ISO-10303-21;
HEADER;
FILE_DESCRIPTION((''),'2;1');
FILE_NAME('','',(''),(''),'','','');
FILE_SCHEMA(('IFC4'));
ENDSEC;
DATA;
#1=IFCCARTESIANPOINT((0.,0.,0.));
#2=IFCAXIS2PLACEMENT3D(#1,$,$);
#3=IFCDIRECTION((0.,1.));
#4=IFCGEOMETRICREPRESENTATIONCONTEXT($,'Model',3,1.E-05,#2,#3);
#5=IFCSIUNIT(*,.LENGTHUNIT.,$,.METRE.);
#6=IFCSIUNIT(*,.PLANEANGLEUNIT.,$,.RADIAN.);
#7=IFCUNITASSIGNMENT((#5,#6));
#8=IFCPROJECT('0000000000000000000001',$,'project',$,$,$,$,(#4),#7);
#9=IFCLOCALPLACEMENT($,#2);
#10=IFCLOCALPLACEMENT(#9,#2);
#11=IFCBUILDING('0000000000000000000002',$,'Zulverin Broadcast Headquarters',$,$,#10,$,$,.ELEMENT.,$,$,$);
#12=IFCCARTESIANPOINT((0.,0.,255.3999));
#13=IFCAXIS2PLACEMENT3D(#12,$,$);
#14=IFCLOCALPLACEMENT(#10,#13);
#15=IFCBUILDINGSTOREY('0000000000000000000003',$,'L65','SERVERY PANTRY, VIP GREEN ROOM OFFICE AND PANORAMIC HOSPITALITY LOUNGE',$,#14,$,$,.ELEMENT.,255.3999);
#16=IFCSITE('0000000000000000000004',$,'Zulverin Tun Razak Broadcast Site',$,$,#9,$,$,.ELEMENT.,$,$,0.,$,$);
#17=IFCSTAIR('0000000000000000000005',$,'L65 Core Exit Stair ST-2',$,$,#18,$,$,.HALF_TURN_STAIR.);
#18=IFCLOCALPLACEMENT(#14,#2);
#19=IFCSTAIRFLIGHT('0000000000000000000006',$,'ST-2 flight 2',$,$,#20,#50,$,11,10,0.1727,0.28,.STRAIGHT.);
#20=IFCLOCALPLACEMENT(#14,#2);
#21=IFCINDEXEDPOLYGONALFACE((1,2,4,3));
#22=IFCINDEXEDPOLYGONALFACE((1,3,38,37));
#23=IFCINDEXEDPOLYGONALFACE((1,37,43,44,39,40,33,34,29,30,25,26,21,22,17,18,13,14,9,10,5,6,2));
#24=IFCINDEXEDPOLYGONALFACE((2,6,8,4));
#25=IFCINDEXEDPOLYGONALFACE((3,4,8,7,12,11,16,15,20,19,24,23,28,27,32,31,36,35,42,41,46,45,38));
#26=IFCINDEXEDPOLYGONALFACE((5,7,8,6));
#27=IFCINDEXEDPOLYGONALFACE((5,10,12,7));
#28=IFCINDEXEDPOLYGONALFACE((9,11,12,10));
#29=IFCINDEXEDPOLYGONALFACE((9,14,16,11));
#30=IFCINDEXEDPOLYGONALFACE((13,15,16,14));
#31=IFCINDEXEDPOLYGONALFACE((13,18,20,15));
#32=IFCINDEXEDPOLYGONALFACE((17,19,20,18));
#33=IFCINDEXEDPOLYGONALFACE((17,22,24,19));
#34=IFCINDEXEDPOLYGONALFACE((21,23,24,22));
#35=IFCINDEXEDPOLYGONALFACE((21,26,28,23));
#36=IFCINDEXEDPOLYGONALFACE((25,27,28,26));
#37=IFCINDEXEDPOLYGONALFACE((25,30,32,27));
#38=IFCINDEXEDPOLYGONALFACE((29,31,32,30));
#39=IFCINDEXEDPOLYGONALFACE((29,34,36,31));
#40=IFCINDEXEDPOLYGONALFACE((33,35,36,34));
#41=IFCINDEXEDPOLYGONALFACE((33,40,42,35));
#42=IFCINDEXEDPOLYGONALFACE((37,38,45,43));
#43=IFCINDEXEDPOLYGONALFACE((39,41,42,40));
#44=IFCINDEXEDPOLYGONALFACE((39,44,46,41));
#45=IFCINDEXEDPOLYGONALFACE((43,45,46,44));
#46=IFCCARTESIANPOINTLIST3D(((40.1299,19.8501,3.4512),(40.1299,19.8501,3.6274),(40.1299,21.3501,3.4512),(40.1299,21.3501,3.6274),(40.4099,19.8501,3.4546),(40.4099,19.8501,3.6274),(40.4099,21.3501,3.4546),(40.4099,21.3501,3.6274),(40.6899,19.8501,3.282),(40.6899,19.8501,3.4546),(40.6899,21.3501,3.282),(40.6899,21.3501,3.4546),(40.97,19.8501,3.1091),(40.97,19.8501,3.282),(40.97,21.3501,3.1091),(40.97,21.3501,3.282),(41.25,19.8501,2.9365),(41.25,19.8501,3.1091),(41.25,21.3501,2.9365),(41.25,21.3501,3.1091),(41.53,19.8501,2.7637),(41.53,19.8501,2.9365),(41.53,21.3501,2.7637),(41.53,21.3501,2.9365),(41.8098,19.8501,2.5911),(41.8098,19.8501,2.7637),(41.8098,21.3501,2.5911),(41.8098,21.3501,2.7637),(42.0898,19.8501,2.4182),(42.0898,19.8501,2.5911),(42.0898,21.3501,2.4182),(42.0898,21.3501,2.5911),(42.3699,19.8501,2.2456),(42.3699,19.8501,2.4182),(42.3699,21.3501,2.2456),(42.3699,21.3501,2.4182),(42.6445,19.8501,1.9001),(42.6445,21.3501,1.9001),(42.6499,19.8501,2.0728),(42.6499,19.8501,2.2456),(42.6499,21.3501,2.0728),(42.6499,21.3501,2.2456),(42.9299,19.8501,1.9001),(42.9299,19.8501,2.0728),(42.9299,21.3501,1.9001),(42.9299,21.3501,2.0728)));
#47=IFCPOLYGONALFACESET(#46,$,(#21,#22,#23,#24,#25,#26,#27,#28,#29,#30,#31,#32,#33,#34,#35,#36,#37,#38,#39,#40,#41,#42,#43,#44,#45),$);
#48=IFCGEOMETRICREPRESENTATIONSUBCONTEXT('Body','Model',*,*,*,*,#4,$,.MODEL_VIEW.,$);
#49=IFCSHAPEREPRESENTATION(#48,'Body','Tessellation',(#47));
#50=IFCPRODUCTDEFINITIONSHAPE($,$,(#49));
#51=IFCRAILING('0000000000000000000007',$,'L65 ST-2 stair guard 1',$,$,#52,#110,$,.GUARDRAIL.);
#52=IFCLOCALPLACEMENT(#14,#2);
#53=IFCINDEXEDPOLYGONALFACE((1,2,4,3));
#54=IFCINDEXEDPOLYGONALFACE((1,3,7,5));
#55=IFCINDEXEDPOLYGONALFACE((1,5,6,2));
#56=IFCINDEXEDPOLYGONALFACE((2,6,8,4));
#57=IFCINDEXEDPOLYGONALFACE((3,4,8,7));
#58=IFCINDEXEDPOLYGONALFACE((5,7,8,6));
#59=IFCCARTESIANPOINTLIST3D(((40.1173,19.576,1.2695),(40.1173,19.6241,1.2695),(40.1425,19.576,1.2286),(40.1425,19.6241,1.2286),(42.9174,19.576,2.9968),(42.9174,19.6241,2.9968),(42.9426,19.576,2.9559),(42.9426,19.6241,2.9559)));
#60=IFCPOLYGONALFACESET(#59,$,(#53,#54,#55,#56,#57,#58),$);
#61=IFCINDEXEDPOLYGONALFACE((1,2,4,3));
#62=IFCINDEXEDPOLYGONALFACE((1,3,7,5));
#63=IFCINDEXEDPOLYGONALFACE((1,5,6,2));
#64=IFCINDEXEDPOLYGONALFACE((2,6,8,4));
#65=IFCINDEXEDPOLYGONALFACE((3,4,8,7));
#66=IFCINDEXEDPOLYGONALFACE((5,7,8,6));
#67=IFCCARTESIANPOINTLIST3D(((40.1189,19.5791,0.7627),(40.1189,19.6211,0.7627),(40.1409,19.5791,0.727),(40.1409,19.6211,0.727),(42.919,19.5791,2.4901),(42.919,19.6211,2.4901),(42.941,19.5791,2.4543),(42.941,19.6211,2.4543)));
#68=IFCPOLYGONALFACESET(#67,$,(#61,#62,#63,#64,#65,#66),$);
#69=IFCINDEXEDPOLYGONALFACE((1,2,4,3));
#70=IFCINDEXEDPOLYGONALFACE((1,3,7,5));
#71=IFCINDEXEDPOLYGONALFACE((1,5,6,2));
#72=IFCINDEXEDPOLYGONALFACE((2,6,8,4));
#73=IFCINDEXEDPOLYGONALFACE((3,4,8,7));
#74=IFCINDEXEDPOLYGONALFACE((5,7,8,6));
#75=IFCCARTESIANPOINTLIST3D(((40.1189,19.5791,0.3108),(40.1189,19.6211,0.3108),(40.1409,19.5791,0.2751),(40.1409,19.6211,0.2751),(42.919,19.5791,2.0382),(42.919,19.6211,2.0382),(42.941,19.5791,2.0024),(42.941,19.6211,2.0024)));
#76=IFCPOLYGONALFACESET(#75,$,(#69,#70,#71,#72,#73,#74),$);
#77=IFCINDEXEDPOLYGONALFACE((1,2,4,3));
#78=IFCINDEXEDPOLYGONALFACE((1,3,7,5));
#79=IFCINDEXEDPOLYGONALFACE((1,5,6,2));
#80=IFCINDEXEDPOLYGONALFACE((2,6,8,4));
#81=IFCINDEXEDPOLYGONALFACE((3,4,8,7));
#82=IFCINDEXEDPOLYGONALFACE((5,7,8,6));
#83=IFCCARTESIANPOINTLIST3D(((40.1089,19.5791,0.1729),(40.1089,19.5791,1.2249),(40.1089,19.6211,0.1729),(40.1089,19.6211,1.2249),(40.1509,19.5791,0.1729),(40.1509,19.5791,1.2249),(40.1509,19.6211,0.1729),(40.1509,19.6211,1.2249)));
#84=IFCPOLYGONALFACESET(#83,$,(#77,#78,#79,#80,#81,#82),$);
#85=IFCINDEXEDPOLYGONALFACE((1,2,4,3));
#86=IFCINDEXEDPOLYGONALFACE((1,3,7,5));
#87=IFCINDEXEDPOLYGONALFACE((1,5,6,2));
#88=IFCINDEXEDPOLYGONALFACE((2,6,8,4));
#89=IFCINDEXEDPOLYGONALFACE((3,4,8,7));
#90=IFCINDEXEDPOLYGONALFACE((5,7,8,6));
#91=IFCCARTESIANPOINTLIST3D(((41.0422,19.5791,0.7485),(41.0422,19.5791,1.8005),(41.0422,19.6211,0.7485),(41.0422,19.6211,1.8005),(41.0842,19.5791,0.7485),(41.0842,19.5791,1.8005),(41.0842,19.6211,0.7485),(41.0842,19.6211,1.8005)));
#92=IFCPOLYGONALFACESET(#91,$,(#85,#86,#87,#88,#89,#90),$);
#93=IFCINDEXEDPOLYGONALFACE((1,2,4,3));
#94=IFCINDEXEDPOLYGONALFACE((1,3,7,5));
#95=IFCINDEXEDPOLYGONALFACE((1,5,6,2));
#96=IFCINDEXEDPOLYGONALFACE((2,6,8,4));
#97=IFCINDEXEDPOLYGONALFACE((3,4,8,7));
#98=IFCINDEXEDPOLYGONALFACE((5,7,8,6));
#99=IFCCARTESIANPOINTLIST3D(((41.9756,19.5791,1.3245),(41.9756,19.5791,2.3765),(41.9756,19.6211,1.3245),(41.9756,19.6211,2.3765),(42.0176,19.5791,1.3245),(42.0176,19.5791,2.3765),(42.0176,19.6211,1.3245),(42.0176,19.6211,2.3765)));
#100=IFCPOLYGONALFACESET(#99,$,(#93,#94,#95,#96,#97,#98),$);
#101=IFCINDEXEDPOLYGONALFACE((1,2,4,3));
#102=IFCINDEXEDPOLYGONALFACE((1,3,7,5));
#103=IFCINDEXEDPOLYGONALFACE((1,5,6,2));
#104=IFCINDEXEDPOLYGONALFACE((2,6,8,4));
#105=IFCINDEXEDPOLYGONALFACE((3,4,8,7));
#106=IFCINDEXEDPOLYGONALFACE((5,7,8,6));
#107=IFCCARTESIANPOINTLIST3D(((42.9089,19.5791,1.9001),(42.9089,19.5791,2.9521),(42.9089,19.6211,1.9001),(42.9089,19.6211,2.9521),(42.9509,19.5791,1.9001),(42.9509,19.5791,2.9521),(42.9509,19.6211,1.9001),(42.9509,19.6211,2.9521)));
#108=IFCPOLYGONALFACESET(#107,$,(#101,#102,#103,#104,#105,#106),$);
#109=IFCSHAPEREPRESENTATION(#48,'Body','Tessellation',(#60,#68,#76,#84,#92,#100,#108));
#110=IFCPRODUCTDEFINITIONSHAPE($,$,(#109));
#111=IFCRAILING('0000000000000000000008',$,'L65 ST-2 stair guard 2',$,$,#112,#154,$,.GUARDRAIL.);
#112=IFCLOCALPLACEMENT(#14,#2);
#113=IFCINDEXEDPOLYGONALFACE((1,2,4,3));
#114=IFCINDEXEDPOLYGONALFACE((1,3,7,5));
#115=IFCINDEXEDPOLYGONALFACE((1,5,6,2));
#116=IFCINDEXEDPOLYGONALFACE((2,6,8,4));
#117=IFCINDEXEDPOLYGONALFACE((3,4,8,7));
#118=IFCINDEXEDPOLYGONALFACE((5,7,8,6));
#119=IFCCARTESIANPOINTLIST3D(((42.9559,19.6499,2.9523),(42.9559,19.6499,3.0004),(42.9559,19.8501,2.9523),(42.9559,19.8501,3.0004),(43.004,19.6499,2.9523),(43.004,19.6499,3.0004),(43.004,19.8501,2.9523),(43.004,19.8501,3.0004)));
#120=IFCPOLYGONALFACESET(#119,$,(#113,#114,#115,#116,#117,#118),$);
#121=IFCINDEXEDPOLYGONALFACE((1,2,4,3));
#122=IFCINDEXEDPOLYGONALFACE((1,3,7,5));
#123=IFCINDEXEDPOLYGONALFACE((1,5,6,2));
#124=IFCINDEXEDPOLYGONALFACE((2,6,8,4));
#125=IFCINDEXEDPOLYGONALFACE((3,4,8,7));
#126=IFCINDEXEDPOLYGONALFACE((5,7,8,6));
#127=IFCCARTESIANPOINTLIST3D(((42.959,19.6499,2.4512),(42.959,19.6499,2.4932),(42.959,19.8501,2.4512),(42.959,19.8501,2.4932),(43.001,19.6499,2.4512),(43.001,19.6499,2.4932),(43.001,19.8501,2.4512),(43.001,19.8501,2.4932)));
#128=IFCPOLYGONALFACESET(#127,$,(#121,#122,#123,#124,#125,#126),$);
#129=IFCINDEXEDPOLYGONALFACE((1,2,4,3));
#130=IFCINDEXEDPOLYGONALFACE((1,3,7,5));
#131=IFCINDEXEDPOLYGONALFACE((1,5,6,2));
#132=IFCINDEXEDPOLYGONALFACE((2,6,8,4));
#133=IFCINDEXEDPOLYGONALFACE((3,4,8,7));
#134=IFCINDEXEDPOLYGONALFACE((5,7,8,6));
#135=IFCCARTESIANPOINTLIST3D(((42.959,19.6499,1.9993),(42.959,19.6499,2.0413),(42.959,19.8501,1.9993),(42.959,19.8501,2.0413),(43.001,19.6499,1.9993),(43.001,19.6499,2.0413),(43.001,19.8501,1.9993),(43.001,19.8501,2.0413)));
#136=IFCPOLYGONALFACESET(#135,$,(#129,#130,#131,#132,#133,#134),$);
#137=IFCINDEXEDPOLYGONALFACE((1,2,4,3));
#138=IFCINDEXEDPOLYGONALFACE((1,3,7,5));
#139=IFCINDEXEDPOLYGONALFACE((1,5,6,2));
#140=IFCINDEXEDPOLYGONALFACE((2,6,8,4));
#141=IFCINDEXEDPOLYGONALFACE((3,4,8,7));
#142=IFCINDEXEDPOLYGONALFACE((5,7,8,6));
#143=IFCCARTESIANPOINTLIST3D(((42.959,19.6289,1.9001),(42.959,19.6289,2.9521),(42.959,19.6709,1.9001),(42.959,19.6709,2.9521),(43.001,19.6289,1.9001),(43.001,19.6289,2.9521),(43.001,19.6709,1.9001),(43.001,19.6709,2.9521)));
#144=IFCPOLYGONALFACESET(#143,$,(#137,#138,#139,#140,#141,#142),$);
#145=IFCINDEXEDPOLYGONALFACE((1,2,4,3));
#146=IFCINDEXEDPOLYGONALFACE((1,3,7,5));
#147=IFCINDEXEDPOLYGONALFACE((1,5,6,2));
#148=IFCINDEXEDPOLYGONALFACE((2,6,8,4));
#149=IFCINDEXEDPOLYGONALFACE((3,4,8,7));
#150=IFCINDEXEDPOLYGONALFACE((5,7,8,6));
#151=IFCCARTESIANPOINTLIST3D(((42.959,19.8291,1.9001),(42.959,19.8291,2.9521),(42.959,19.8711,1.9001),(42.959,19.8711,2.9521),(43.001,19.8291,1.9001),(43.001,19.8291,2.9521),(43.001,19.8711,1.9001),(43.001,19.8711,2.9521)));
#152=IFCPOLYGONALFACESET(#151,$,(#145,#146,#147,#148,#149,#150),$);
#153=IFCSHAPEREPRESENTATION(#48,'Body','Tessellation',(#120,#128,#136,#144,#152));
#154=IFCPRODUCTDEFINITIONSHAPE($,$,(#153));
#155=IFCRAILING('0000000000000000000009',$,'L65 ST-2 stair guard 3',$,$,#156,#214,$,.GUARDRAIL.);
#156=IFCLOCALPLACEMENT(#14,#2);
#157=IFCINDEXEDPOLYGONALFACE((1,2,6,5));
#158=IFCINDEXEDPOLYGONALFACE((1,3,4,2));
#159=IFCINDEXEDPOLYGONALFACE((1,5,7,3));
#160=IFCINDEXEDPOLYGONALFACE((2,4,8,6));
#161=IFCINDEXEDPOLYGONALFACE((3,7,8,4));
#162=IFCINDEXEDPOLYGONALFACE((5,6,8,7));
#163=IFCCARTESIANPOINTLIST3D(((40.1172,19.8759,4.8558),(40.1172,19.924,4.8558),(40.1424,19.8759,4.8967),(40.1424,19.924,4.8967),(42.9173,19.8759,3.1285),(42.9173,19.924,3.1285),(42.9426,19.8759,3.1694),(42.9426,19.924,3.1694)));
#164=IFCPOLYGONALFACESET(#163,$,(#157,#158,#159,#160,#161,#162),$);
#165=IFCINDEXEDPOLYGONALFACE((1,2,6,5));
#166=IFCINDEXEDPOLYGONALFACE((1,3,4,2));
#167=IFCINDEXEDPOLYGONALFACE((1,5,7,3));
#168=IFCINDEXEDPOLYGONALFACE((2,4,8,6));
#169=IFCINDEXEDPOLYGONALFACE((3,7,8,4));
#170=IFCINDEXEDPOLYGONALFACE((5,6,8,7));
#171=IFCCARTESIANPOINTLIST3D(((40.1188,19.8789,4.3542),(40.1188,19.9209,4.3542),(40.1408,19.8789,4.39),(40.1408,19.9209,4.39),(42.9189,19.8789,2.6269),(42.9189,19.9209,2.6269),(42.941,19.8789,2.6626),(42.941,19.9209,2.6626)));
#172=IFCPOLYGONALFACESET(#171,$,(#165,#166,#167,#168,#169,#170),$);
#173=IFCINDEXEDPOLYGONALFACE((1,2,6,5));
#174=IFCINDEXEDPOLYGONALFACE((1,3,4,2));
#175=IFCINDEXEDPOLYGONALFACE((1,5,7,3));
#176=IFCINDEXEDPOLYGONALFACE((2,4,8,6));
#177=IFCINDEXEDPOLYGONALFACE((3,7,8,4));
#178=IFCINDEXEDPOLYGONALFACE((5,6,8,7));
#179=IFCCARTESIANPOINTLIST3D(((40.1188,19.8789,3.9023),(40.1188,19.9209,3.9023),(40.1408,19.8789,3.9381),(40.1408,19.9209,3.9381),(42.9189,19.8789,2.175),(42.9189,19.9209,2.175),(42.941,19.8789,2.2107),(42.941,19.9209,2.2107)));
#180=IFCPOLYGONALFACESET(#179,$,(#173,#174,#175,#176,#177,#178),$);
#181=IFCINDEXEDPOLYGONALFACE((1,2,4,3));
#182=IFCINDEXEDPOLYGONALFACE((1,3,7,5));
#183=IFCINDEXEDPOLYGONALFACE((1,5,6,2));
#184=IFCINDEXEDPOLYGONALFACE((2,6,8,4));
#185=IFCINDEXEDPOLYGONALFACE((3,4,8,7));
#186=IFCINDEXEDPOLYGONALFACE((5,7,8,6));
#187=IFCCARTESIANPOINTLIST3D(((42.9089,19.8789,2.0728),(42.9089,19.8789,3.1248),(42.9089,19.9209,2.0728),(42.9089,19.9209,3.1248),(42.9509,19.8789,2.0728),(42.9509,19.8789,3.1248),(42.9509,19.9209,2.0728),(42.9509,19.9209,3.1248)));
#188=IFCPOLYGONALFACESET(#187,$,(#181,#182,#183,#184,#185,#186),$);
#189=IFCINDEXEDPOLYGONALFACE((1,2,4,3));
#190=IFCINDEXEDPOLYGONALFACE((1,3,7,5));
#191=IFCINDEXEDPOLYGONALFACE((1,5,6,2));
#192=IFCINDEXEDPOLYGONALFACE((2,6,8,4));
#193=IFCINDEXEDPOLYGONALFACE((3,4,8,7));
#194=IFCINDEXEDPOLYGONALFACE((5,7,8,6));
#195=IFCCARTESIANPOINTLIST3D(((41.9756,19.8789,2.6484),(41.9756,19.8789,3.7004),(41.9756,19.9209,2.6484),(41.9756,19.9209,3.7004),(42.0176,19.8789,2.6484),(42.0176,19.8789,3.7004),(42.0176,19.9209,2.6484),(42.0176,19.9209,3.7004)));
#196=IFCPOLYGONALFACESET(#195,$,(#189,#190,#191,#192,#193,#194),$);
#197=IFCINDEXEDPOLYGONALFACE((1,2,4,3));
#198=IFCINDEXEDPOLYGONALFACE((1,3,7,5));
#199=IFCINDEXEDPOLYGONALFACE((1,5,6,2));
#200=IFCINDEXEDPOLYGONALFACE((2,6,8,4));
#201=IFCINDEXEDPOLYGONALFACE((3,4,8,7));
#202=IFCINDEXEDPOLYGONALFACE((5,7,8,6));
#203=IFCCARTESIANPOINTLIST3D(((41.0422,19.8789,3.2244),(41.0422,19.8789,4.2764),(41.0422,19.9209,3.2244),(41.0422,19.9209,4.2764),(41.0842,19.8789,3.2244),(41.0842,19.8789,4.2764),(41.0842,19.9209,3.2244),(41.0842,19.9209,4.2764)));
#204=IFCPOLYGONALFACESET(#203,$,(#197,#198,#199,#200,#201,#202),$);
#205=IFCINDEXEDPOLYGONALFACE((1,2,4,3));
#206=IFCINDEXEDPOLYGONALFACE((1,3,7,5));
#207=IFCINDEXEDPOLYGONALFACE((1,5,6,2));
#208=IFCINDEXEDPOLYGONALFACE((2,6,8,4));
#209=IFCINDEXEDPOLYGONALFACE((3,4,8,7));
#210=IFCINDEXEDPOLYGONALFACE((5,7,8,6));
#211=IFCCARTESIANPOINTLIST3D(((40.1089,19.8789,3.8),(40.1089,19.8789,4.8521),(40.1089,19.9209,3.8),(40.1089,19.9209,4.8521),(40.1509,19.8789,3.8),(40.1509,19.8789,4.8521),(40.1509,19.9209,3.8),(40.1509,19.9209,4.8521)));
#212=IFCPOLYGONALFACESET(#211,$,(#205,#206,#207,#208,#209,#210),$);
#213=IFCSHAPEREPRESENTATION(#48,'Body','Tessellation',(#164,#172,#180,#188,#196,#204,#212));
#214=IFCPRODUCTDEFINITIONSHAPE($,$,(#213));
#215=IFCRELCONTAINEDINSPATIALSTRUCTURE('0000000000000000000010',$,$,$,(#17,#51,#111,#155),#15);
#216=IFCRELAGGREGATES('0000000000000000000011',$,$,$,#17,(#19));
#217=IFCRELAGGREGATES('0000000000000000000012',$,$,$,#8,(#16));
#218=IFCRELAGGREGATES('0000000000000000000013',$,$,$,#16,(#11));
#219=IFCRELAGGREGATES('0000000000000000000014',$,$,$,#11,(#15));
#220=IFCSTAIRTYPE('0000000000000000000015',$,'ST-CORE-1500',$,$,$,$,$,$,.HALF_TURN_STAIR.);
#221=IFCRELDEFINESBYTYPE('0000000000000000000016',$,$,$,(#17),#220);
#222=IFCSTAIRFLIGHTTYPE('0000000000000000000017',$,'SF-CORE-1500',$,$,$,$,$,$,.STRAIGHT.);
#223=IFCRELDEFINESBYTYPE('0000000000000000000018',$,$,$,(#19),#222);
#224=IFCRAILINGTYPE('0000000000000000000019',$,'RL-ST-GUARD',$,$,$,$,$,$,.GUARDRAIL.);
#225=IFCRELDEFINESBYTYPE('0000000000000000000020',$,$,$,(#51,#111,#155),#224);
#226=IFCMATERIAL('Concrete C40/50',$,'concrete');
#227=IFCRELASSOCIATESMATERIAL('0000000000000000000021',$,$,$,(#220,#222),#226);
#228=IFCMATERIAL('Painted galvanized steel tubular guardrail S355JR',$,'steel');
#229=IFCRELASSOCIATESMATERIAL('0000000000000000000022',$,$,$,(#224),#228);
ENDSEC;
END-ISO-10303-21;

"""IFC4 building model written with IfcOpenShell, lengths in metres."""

from ifc_helpers import new_model, si_unit, direction, frame, origin, origin_2d, place, context, subcontext, project, spatial, polyline, rectangle, outline, extrude, material, type_object, element, aggregate, save


model = new_model("IFC4")

# Units and contexts
model_context = context("Model", 3, precision=1e-05, world=origin(), true_north=direction((0.0, 1.0)))
body_context = subcontext(model_context, "Body", "Model", "MODEL_VIEW")
ifc_project = project(units=[si_unit("LENGTHUNIT", "METRE"), si_unit("PLANEANGLEUNIT", "RADIAN")], contexts=[model_context])

# Site, building, storey
site_placement = place(None, origin())
site = spatial("IfcSite", under=ifc_project, at=site_placement, Name="Zulverin Tun Razak Broadcast Site", CompositionType="ELEMENT", RefElevation=0.0)
building_placement = place(site_placement, origin())
building = spatial("IfcBuilding", under=site, at=building_placement, Name="Zulverin Broadcast Headquarters", CompositionType="ELEMENT")
storey_placement = place(building_placement, frame((0.0, 0.0, 255.3999)))
storey = spatial("IfcBuildingStorey", under=building, at=storey_placement, Name="L65", Description="SERVERY PANTRY, VIP GREEN ROOM OFFICE AND PANORAMIC HOSPITALITY LOUNGE", CompositionType="ELEMENT", Elevation=255.3999)

# Shared definitions
ifc_material_1 = material(Name="Concrete C40/50", Category="concrete")

# Stair, stair flight
stair_type = type_object("IfcStairType", Name="ST-CORE-1500", PredefinedType="HALF_TURN_STAIR", material=ifc_material_1)
stair_placement = place(storey_placement, origin())
stair = element("IfcStair", 1, at=stair_placement, inside=storey, type_object=stair_type, Name="L65 Core Exit Stair ST-2", PredefinedType="HALF_TURN_STAIR")
stair_flight_type = type_object("IfcStairFlightType", Name="SF-CORE-1500", PredefinedType="STRAIGHT", material=ifc_material_1)
stair_flight_1_placement = place(storey_placement, frame((42.9299, 20.6001, 1.9001), z_axis=(0.0, 0.0, 1.0), x_axis=(-1.0, 0.0, 0.0)))
stair_flight_1 = element("IfcStairFlight", 2, at=stair_flight_1_placement, type_object=stair_flight_type, Name="ST-2 flight 2", NumberOfRisers=11, NumberOfTreads=10, PredefinedType="STRAIGHT", RiserHeight=0.1727, TreadLength=0.28, context=body_context, shape_type="SweptSolid", body=[
    extrude(outline(polyline([(0.0, 0.0), (0.0, 0.1726), (0.28, 0.1726), (0.28, 0.3455), (0.5601, 0.3455), (0.5601, 0.5181), (0.8401, 0.5181), (0.8401, 0.6909), (1.1201, 0.6909), (1.1201, 0.8635), (1.3999, 0.8635), (1.3999, 1.0364), (1.6799, 1.0364), (1.6799, 1.209), (1.96, 1.209), (1.96, 1.3818), (2.24, 1.3818), (2.24, 1.5544), (2.52, 1.5544), (2.52, 1.7273), (2.8, 1.7273), (2.8, 1.8999), (2.8, 1.551), (0.2854, 0.0), (0.0, 0.0)])), frame((0.0, 0.75, 0.0), z_axis=(0.0, -1.0, 0.0), x_axis=(1.0, 0.0, 0.0)), (0.0, 0.0, 1.0), 1.5),
])
aggregate(stair, [stair_flight_1])

# Railings
ifc_material_2 = material(Name="Painted galvanized steel tubular guardrail S355JR", Category="steel")
railing_type_1 = type_object("IfcRailingType", Name="RL-ST-GUARD", PredefinedType="GUARDRAIL", material=ifc_material_2)
railing_1_placement = place(storey_placement, frame((40.1299, 19.6001, 0.1729)))
element("IfcRailing", 3, at=railing_1_placement, inside=storey, type_object=railing_type_1, Name="L65 ST-2 stair guard 1", PredefinedType="GUARDRAIL", context=body_context, shape_type="SweptSolid", body=[
    extrude(rectangle(XDim=0.0481, YDim=0.0481, at=origin_2d()), frame((0.0, 0.0, 1.0762), z_axis=(0.85109, 0.0, 0.52502), x_axis=(0.0, 1.0, 0.0)), (0.0, 0.0, 1.0), 3.29),
    extrude(rectangle(XDim=0.042, YDim=0.042, at=origin_2d()), frame((0.0, 0.0, 0.572), z_axis=(0.85109, 0.0, 0.52502), x_axis=(0.0, 1.0, 0.0)), (0.0, 0.0, 1.0), 3.29),
    extrude(rectangle(XDim=0.042, YDim=0.042, at=origin_2d()), frame((0.0, 0.0, 0.1201), z_axis=(0.85109, 0.0, 0.52502), x_axis=(0.0, 1.0, 0.0)), (0.0, 0.0, 1.0), 3.29),
    extrude(rectangle(XDim=0.042, YDim=0.042, at=origin_2d()), origin(), (0.0, 0.0, 1.0), 1.052),
    extrude(rectangle(XDim=0.042, YDim=0.042, at=origin_2d()), frame((0.9333, 0.0, 0.5757)), (0.0, 0.0, 1.0), 1.052),
    extrude(rectangle(XDim=0.042, YDim=0.042, at=origin_2d()), frame((1.8667, 0.0, 1.1516)), (0.0, 0.0, 1.0), 1.052),
    extrude(rectangle(XDim=0.042, YDim=0.042, at=origin_2d()), frame((2.8, 0.0, 1.7273)), (0.0, 0.0, 1.0), 1.052),
])
railing_2_placement = place(storey_placement, frame((42.98, 19.6499, 1.9001)))
element("IfcRailing", 4, at=railing_2_placement, inside=storey, type_object=railing_type_1, Name="L65 ST-2 stair guard 2", PredefinedType="GUARDRAIL", context=body_context, shape_type="SweptSolid", body=[
    extrude(rectangle(XDim=0.0481, YDim=0.0481, at=origin_2d()), frame((0.0, 0.0, 1.0762), z_axis=(0.0, 1.0, 0.0), x_axis=(-1.0, 0.0, 0.0)), (0.0, 0.0, 1.0), 0.2002),
    extrude(rectangle(XDim=0.042, YDim=0.042, at=origin_2d()), frame((0.0, 0.0, 0.572), z_axis=(0.0, 1.0, 0.0), x_axis=(-1.0, 0.0, 0.0)), (0.0, 0.0, 1.0), 0.2002),
    extrude(rectangle(XDim=0.042, YDim=0.042, at=origin_2d()), frame((0.0, 0.0, 0.1201), z_axis=(0.0, 1.0, 0.0), x_axis=(-1.0, 0.0, 0.0)), (0.0, 0.0, 1.0), 0.2002),
    extrude(rectangle(XDim=0.042, YDim=0.042, at=origin_2d()), origin(), (0.0, 0.0, 1.0), 1.052),
    extrude(rectangle(XDim=0.042, YDim=0.042, at=origin_2d()), frame((0.0, 0.2002, 0.0)), (0.0, 0.0, 1.0), 1.052),
])
railing_3_placement = place(storey_placement, frame((42.9299, 19.8999, 2.0728)))
element("IfcRailing", 5, at=railing_3_placement, inside=storey, type_object=railing_type_1, Name="L65 ST-2 stair guard 3", PredefinedType="GUARDRAIL", context=body_context, shape_type="SweptSolid", body=[
    extrude(rectangle(XDim=0.0481, YDim=0.0481, at=origin_2d()), frame((0.0, 0.0, 1.0762), z_axis=(-0.85109, 0.0, 0.52502), x_axis=(0.0, -1.0, 0.0)), (0.0, 0.0, 1.0), 3.29),
    extrude(rectangle(XDim=0.042, YDim=0.042, at=origin_2d()), frame((0.0, 0.0, 0.572), z_axis=(-0.85109, 0.0, 0.52502), x_axis=(0.0, -1.0, 0.0)), (0.0, 0.0, 1.0), 3.29),
    extrude(rectangle(XDim=0.042, YDim=0.042, at=origin_2d()), frame((0.0, 0.0, 0.1201), z_axis=(-0.85109, 0.0, 0.52502), x_axis=(0.0, -1.0, 0.0)), (0.0, 0.0, 1.0), 3.29),
    extrude(rectangle(XDim=0.042, YDim=0.042, at=origin_2d()), origin(), (0.0, 0.0, 1.0), 1.052),
    extrude(rectangle(XDim=0.042, YDim=0.042, at=origin_2d()), frame((-0.9333, 0.0, 0.5757)), (0.0, 0.0, 1.0), 1.052),
    extrude(rectangle(XDim=0.042, YDim=0.042, at=origin_2d()), frame((-1.8667, 0.0, 1.1516)), (0.0, 0.0, 1.0), 1.052),
    extrude(rectangle(XDim=0.042, YDim=0.042, at=origin_2d()), frame((-2.8, 0.0, 1.7273)), (0.0, 0.0, 1.0), 1.052),
])

save(model, "model.ifc")
